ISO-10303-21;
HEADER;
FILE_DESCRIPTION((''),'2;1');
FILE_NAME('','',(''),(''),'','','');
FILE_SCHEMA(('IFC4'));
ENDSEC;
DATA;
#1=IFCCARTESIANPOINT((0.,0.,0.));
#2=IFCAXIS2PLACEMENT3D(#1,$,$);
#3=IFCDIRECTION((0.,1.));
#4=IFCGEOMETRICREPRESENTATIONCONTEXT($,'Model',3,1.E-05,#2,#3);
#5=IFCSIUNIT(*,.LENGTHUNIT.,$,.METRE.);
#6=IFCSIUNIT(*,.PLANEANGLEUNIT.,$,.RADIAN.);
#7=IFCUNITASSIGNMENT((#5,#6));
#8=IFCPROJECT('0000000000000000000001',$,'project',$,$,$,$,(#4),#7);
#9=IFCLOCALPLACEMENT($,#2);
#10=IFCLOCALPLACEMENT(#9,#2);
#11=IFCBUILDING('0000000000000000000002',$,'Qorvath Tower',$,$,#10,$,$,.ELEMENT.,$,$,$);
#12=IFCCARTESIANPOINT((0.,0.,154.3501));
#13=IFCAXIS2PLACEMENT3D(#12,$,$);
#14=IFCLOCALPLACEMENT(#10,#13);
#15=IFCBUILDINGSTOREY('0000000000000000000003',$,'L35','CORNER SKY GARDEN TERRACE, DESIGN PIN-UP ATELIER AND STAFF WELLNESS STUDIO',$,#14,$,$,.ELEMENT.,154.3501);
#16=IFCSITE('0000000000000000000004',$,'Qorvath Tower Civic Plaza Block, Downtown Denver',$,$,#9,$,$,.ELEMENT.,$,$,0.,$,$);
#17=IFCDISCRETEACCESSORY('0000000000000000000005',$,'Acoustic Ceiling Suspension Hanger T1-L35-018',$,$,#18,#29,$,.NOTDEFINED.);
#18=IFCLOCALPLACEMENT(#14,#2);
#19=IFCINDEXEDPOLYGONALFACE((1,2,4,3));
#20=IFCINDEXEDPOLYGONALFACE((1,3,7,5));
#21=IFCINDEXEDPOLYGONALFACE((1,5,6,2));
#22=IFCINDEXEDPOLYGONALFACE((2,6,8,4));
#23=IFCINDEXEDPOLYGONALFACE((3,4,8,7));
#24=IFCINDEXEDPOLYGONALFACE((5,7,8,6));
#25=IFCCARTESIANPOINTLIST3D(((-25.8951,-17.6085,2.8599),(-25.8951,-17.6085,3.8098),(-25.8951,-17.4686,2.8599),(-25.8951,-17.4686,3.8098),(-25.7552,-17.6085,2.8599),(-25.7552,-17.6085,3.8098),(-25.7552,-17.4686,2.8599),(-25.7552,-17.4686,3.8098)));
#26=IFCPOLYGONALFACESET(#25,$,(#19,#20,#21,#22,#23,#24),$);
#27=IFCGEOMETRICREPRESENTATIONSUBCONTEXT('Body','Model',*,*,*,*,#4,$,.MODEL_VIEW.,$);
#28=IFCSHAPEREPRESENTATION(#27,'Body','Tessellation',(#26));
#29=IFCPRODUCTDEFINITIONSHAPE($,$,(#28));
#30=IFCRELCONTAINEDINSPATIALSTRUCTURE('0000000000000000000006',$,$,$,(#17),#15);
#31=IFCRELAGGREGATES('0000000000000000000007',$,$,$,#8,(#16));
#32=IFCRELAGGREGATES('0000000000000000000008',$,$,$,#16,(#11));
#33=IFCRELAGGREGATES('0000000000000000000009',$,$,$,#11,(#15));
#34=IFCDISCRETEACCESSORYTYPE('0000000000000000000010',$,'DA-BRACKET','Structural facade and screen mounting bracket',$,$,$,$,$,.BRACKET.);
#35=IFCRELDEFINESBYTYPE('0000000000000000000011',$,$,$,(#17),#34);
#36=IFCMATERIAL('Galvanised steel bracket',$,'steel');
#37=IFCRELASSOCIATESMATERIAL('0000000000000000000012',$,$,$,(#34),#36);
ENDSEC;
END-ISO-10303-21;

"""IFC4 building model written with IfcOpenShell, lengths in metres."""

from ifc_helpers import new_model, si_unit, direction, frame, origin, origin_2d, place, context, subcontext, project, spatial, rectangle, extrude, material, type_object, element, save


model = new_model("IFC4")

# Units and contexts
model_context = context("Model", 3, precision=1e-05, world=origin(), true_north=direction((0.0, 1.0)))
body_context = subcontext(model_context, "Body", "Model", "MODEL_VIEW")
ifc_project = project(units=[si_unit("LENGTHUNIT", "METRE"), si_unit("PLANEANGLEUNIT", "RADIAN")], contexts=[model_context])

# Site, building, storey
site_placement = place(None, origin())
site = spatial("IfcSite", under=ifc_project, at=site_placement, Name="Qorvath Tower Civic Plaza Block, Downtown Denver", CompositionType="ELEMENT", RefElevation=0.0)
building_placement = place(site_placement, origin())
building = spatial("IfcBuilding", under=site, at=building_placement, Name="Qorvath Tower", CompositionType="ELEMENT")
storey_placement = place(building_placement, frame((0.0, 0.0, 154.3501)))
storey = spatial("IfcBuildingStorey", under=building, at=storey_placement, Name="L35", Description="CORNER SKY GARDEN TERRACE, DESIGN PIN-UP ATELIER AND STAFF WELLNESS STUDIO", CompositionType="ELEMENT", Elevation=154.3501)

# Discrete accessory
ifc_material_1 = material(Name="Galvanised steel bracket", Category="steel")
discrete_accessory_type = type_object("IfcDiscreteAccessoryType", Name="DA-BRACKET", Description="Structural facade and screen mounting bracket", PredefinedType="BRACKET", material=ifc_material_1)
discrete_accessory_placement = place(storey_placement, frame((-25.8252, -17.5386, 2.8599), z_axis=(0.0, 0.0, 1.0), x_axis=(1.0, 0.0, 0.0)))
element("IfcDiscreteAccessory", 1, at=discrete_accessory_placement, inside=storey, type_object=discrete_accessory_type, Name="Acoustic Ceiling Suspension Hanger T1-L35-018", PredefinedType="NOTDEFINED", context=body_context, shape_type="SweptSolid", body=[
    extrude(rectangle(XDim=0.1399, YDim=0.1399, at=origin_2d()), origin(), (0.0, 0.0, 1.0), 0.95),
])

save(model, "model.ifc")
